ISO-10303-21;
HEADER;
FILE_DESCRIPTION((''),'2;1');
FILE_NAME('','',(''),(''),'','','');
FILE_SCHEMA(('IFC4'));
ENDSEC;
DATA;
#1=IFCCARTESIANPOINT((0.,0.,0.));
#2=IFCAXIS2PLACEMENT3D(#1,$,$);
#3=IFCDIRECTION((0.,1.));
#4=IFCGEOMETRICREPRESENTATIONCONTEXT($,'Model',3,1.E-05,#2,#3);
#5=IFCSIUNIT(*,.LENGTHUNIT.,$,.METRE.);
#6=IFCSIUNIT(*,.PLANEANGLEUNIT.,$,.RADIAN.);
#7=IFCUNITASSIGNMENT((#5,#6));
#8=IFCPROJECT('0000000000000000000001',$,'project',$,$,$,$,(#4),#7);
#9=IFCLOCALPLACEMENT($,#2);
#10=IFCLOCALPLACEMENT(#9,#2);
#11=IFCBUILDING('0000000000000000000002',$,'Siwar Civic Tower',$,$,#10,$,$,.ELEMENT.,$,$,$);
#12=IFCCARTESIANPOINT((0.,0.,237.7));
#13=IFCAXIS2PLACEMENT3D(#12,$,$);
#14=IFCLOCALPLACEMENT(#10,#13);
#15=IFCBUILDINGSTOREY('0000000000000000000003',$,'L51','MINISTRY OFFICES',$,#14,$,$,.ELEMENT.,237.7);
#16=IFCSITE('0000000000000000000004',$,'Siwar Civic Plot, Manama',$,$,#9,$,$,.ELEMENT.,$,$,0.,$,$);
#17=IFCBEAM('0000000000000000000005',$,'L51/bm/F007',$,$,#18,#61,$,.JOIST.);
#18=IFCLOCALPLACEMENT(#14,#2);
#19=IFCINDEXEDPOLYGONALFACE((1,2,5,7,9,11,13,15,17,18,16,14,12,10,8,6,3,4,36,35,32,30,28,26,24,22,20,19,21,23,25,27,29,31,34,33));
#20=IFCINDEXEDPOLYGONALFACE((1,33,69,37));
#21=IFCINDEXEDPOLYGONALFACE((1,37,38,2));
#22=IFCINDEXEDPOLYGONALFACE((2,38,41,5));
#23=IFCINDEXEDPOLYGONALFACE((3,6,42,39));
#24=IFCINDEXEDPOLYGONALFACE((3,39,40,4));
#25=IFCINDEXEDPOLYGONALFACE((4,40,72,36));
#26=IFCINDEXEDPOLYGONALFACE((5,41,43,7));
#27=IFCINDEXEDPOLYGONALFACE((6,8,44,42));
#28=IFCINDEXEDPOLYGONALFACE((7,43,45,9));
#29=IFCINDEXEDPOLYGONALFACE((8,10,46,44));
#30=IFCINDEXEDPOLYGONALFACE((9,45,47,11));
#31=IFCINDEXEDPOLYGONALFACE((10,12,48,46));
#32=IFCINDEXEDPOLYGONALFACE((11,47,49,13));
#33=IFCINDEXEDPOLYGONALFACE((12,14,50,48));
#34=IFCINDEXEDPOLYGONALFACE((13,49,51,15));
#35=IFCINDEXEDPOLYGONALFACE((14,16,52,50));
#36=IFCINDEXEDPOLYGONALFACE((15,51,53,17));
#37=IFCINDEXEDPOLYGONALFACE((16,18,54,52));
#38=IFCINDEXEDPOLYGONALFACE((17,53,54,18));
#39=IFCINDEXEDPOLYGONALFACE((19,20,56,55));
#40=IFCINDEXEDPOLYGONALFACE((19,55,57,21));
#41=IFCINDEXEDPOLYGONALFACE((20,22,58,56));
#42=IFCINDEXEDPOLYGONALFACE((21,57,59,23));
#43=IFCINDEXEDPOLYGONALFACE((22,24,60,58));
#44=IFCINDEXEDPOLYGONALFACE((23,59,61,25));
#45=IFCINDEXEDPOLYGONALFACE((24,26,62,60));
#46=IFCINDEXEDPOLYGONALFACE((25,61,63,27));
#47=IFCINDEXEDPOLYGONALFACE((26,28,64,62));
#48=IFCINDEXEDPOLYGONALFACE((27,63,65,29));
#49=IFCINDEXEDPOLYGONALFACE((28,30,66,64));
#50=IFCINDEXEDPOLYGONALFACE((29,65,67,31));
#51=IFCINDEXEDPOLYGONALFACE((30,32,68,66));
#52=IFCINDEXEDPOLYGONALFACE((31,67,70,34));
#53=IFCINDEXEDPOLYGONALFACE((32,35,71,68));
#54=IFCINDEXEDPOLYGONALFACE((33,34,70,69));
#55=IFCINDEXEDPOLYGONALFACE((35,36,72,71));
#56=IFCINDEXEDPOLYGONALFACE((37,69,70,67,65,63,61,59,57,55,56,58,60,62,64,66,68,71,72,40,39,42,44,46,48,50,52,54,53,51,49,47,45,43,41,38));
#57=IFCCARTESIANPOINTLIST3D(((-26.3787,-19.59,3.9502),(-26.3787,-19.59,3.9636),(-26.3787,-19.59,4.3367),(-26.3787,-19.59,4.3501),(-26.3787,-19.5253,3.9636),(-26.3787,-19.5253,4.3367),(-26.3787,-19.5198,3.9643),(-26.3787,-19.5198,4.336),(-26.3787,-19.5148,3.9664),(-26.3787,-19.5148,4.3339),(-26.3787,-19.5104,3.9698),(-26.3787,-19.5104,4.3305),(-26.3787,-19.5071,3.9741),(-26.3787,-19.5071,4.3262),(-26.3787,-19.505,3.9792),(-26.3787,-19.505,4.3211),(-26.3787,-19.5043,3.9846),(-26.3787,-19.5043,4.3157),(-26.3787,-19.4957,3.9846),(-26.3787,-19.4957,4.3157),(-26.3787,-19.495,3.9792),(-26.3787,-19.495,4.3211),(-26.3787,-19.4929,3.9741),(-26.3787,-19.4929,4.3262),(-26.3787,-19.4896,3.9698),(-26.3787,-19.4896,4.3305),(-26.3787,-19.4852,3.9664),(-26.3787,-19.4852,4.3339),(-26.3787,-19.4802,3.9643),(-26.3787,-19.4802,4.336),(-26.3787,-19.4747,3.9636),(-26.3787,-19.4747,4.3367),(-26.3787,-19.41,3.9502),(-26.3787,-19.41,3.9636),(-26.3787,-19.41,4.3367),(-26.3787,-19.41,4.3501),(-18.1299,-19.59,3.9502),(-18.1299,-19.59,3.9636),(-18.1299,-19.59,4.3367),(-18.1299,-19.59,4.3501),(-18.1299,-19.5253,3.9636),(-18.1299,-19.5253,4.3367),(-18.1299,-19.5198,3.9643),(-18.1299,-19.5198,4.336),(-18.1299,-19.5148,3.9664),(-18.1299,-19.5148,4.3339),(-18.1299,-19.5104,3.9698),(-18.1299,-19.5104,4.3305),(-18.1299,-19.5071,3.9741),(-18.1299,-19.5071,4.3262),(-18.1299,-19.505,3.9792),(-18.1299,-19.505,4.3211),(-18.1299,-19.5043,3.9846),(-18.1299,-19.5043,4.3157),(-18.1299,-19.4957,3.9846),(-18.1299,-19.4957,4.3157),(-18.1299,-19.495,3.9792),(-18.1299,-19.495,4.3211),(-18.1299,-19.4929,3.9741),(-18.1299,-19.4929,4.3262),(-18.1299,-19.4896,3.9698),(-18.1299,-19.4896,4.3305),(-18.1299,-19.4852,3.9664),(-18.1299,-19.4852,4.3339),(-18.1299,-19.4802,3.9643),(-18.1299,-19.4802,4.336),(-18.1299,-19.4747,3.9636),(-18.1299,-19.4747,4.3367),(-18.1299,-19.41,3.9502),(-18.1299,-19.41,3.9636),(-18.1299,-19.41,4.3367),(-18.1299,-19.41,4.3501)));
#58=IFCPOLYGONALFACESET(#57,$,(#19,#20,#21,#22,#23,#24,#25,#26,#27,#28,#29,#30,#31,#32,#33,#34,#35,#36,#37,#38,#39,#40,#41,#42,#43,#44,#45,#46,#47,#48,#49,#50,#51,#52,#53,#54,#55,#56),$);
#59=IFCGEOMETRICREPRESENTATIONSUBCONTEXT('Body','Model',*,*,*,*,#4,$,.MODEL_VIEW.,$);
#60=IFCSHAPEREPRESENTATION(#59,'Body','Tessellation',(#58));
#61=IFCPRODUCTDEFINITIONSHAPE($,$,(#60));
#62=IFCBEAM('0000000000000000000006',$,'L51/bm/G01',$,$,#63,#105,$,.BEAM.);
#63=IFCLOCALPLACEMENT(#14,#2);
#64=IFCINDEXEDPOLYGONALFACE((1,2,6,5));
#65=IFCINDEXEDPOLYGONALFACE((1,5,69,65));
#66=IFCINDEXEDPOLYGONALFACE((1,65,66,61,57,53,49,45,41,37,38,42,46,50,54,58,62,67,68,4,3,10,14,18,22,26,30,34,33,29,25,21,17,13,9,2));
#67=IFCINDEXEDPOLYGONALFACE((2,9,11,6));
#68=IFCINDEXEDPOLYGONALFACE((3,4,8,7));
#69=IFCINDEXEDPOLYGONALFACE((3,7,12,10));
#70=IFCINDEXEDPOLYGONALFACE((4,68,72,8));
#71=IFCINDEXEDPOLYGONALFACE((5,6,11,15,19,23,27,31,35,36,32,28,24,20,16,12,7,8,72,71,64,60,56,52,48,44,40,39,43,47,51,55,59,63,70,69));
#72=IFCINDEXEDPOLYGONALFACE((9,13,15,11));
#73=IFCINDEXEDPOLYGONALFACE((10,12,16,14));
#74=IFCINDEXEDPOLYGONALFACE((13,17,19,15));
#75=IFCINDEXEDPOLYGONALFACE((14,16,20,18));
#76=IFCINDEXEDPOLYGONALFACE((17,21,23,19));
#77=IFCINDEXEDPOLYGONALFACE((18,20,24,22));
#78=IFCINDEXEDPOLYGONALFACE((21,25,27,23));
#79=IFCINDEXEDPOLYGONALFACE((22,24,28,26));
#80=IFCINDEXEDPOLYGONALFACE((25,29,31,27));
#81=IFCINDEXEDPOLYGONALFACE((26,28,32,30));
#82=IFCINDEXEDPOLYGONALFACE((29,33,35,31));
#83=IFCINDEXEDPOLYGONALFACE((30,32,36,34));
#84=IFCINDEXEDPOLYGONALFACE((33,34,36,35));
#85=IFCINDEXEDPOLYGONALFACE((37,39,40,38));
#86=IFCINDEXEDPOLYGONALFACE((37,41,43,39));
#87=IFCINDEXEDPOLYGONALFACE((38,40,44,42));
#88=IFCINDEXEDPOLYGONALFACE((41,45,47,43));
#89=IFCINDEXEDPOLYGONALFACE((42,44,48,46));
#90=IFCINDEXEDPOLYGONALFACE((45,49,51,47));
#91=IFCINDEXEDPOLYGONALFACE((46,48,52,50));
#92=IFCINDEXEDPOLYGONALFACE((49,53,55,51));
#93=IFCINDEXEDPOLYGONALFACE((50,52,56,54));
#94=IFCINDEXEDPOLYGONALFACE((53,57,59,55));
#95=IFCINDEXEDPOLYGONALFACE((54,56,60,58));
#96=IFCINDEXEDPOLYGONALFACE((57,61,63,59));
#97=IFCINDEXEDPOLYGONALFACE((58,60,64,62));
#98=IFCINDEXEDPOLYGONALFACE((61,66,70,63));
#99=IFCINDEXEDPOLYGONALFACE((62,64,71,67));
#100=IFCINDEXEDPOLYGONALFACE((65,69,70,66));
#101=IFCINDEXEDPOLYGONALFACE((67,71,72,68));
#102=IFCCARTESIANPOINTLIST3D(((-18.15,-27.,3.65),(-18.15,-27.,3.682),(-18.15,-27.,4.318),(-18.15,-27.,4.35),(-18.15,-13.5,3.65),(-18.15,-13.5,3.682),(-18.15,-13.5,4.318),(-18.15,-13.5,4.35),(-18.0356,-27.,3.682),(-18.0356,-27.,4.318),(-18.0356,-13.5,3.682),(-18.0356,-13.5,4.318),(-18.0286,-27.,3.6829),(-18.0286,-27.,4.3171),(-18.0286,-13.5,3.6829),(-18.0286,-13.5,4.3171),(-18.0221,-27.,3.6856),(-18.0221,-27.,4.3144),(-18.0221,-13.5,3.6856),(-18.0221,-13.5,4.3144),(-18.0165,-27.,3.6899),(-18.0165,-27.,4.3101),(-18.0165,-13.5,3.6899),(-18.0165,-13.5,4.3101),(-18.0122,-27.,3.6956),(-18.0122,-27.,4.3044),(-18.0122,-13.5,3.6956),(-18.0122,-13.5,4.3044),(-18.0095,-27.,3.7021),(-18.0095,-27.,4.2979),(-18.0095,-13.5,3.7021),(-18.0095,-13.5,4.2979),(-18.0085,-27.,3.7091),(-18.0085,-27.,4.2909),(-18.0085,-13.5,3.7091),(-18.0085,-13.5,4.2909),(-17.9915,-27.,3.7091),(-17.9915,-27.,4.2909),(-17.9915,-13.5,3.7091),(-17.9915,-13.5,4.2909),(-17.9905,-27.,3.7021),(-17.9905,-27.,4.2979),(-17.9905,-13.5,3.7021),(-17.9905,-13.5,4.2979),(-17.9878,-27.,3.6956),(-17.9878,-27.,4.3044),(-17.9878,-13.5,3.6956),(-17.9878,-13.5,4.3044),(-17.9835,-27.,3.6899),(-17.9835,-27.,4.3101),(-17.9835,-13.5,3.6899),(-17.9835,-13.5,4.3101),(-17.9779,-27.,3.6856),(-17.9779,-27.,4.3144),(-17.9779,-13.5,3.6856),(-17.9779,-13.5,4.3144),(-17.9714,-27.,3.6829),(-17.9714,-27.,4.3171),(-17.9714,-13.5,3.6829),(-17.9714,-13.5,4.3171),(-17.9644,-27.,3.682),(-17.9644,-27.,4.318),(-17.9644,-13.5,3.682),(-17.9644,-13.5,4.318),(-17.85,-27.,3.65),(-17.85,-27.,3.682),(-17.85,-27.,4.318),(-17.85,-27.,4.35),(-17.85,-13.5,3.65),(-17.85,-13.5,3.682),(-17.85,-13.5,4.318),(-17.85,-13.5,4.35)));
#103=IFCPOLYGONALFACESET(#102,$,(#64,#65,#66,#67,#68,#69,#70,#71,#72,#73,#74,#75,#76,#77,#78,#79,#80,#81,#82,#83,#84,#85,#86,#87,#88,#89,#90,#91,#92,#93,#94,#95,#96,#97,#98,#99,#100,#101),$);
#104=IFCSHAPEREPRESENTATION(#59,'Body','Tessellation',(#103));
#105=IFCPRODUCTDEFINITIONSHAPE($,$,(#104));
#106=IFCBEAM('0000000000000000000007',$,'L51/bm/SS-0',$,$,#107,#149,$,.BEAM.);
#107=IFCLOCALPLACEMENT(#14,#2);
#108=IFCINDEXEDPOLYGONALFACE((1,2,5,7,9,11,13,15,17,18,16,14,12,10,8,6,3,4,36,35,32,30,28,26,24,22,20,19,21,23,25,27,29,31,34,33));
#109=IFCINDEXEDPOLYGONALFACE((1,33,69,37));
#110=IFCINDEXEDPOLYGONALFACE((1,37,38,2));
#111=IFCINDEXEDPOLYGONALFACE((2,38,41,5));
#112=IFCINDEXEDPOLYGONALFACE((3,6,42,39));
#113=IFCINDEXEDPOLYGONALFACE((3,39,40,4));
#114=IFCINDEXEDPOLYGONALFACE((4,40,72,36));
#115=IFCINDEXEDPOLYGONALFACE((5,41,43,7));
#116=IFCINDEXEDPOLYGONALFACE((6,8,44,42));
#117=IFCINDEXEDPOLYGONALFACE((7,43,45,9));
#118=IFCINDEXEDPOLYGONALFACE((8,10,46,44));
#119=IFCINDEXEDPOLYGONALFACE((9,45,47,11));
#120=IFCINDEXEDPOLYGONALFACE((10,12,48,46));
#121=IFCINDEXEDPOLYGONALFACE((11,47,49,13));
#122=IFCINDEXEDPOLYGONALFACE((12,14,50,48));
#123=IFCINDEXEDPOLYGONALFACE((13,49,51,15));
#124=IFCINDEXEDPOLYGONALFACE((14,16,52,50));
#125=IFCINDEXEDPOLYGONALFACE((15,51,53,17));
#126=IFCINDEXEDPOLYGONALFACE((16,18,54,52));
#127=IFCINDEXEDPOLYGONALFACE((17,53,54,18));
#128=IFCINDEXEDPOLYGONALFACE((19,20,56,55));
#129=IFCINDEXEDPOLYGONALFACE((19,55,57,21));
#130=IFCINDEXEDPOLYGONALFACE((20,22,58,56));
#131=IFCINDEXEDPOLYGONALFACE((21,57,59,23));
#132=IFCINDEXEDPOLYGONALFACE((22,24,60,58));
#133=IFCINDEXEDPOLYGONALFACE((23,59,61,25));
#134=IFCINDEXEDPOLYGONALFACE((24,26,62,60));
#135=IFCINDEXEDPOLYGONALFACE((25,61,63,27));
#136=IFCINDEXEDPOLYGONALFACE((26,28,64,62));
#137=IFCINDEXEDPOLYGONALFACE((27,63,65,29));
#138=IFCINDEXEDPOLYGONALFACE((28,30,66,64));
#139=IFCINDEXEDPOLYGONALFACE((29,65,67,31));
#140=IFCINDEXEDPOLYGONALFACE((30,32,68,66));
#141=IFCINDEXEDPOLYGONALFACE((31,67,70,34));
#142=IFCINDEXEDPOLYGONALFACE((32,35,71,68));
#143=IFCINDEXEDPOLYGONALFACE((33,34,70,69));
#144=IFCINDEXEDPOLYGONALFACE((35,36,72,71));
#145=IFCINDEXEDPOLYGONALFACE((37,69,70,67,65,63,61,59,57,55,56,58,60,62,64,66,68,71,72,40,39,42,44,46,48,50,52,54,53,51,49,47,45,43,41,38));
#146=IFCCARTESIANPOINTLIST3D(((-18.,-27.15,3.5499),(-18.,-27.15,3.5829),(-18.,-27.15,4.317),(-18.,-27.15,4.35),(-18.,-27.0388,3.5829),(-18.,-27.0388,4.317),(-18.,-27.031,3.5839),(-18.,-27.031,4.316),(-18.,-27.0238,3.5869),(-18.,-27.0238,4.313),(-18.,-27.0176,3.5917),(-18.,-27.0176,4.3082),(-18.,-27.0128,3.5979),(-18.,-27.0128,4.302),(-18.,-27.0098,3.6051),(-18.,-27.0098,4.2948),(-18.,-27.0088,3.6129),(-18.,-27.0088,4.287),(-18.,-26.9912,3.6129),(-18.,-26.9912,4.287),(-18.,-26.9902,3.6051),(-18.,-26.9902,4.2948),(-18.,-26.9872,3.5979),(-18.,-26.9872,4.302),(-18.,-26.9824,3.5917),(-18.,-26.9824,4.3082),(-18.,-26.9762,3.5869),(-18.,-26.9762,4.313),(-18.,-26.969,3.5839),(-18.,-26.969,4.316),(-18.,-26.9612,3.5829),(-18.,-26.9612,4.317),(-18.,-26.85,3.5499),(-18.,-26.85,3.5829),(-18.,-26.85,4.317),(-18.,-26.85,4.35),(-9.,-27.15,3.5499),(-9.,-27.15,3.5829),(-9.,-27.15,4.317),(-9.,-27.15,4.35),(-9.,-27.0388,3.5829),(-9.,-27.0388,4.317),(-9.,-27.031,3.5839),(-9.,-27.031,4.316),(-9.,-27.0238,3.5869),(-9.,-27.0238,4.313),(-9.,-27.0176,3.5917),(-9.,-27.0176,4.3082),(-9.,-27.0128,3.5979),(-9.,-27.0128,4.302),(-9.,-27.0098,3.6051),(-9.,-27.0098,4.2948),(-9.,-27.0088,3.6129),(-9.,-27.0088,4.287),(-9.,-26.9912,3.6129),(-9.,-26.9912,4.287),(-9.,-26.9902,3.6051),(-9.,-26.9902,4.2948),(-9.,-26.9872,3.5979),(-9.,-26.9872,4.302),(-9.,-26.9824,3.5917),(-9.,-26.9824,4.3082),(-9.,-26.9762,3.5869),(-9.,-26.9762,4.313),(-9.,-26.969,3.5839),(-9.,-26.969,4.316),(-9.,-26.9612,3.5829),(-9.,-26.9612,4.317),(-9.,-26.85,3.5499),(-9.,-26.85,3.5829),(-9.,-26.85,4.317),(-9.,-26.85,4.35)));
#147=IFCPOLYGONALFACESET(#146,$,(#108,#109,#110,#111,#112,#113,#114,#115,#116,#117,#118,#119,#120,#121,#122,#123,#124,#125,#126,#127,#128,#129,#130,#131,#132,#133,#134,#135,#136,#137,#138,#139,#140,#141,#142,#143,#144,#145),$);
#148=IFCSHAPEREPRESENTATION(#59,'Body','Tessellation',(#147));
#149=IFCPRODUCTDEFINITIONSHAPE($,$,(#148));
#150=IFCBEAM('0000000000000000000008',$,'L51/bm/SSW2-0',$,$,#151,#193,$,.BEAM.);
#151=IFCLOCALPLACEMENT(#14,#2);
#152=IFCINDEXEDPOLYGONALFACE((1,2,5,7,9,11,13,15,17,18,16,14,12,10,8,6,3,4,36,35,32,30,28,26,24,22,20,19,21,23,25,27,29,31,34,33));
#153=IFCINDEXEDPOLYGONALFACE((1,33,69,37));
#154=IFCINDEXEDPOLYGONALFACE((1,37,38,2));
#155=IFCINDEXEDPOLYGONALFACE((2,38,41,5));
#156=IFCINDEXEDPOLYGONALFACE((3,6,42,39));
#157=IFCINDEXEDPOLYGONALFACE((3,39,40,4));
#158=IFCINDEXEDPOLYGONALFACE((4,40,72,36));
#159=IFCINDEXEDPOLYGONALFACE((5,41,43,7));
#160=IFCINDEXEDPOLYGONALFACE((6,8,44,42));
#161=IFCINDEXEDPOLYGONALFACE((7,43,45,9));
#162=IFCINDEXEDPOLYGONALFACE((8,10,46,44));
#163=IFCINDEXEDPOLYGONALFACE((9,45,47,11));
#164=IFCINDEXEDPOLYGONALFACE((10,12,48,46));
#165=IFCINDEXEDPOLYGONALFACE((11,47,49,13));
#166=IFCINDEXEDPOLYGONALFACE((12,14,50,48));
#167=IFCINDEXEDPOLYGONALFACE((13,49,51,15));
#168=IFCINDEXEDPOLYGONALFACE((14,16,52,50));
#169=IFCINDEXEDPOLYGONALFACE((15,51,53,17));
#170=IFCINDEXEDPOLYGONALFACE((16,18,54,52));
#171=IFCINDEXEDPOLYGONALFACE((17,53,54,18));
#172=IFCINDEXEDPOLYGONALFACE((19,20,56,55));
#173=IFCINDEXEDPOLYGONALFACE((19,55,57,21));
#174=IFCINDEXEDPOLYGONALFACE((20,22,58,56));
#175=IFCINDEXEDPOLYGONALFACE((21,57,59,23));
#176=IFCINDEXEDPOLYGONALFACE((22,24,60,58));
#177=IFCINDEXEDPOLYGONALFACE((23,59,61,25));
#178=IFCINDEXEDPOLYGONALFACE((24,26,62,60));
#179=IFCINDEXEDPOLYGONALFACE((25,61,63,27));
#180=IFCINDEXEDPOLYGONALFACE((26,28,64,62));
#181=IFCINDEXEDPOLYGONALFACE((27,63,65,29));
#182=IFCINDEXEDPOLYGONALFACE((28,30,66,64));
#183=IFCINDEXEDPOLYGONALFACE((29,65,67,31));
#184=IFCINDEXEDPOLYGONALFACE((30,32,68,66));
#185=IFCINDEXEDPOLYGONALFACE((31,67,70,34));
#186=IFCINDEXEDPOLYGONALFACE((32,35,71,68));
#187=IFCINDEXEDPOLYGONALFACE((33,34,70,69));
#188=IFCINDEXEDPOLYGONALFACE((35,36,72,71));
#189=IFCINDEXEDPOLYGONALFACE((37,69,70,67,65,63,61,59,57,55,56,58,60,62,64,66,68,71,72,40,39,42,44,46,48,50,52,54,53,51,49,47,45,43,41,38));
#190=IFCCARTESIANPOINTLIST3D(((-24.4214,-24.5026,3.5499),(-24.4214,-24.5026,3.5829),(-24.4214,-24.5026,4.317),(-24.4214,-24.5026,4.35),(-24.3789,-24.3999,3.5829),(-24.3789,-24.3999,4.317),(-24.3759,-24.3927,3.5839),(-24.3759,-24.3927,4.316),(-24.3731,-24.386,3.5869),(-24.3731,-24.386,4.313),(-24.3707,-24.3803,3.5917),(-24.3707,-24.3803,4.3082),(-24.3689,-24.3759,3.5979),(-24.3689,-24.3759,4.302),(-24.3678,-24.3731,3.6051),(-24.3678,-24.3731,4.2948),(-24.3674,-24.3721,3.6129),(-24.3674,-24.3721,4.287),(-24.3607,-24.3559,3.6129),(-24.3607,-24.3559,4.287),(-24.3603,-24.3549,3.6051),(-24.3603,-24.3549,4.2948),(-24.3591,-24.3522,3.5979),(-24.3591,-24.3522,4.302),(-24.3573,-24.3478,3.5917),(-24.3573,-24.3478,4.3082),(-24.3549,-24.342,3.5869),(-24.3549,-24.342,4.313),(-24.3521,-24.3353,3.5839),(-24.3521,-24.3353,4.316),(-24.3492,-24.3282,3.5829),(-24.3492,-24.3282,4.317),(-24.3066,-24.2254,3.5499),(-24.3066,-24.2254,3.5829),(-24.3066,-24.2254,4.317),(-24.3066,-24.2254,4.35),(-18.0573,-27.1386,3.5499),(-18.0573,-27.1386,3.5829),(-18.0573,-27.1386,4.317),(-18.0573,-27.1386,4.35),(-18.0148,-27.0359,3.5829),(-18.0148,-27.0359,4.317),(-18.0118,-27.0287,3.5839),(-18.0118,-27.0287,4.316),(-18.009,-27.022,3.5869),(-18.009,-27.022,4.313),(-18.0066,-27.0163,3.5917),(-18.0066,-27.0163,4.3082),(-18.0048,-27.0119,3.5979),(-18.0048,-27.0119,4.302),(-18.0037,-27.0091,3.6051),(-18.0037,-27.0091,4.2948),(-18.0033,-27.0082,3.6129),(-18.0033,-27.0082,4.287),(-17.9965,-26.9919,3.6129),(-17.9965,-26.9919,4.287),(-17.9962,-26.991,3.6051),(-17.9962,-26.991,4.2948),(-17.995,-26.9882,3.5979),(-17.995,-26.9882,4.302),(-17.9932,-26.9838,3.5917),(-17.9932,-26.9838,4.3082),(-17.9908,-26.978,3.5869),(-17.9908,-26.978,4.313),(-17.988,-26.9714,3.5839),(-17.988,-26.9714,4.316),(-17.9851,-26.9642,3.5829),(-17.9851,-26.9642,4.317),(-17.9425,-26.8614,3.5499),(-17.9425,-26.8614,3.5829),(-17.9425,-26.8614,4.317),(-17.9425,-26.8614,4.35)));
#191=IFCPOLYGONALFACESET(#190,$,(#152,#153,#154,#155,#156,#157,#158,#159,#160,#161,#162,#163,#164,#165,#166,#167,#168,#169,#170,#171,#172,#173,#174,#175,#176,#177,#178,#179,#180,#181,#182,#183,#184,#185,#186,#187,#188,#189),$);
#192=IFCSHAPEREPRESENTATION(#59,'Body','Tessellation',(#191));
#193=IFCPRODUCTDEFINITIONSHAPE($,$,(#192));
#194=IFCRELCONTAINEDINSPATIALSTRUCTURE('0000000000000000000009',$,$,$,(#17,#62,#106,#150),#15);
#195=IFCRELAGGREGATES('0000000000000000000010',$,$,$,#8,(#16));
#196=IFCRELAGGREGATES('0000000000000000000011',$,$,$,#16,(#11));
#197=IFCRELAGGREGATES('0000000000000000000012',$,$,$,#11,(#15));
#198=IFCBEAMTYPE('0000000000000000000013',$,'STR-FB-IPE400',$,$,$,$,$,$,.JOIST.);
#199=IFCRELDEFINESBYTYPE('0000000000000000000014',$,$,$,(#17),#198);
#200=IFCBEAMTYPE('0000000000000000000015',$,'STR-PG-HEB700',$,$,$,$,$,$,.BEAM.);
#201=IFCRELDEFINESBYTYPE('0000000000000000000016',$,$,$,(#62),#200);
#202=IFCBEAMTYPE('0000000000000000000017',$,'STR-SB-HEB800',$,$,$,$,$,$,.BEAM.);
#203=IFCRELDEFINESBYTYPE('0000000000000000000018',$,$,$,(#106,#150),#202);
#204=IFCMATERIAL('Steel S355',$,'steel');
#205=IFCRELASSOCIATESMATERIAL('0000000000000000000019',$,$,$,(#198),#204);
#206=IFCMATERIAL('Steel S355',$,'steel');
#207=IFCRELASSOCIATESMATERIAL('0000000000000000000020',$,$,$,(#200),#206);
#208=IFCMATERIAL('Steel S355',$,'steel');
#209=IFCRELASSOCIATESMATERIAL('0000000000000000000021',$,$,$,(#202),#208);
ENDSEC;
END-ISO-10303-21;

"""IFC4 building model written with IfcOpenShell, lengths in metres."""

from ifc_helpers import new_model, si_unit, direction, frame, origin, origin_2d, place, context, subcontext, project, spatial, i_section, extrude, material, material_profile, profile_set, type_object, element, save


model = new_model("IFC4")

# Units and contexts
model_context = context("Model", 3, precision=1e-05, world=origin(), true_north=direction((0.0, 1.0)))
body_context = subcontext(model_context, "Body", "Model", "MODEL_VIEW")
ifc_project = project(units=[si_unit("LENGTHUNIT", "METRE"), si_unit("PLANEANGLEUNIT", "RADIAN")], contexts=[model_context])

# Site, building, storey
site_placement = place(None, origin())
site = spatial("IfcSite", under=ifc_project, at=site_placement, Name="Siwar Civic Plot, Manama", CompositionType="ELEMENT", RefElevation=0.0)
building_placement = place(site_placement, origin())
building = spatial("IfcBuilding", under=site, at=building_placement, Name="Siwar Civic Tower", CompositionType="ELEMENT")
storey_placement = place(building_placement, frame((0.0, 0.0, 237.7)))
storey = spatial("IfcBuildingStorey", under=building, at=storey_placement, Name="L51", Description="MINISTRY OFFICES", CompositionType="ELEMENT", Elevation=237.7)

# Beams
ifc_material_1 = material(Name="Steel S355", Category="steel")
ifc_material_profile_1 = material_profile(ifc_material_1, i_section(OverallWidth=0.1799, OverallDepth=0.3999, WebThickness=0.0085, FlangeThickness=0.0134, FilletRadius=0.021, at=origin_2d()), Name="IPE400")
ifc_profile_set_1 = profile_set([ifc_material_profile_1], Name="Steel S355")
beam_type_1 = type_object("IfcBeamType", Name="STR-FB-IPE400", PredefinedType="JOIST", material=ifc_profile_set_1)
beam_1_placement = place(storey_placement, frame((-26.3787, -19.5, 4.1501), z_axis=(1.0, 0.0, 0.0), x_axis=(0.0, 1.0, 0.0)))
element("IfcBeam", 1, at=beam_1_placement, inside=storey, type_object=beam_type_1, Name="L51/bm/F007", PredefinedType="JOIST", context=body_context, shape_type="SweptSolid", body=[
    extrude(i_section(OverallWidth=0.1799, OverallDepth=0.3999, WebThickness=0.0085, FlangeThickness=0.0134, FilletRadius=0.021, at=origin_2d()), origin(), (0.0, 0.0, 1.0), 8.2488),
])
ifc_material_2 = material(Name="Steel S355", Category="steel")
ifc_material_profile_2 = material_profile(ifc_material_2, i_section(OverallWidth=0.3, OverallDepth=0.7, WebThickness=0.0171, FlangeThickness=0.032, FilletRadius=0.0271, at=origin_2d()), Name="HEB700")
ifc_profile_set_2 = profile_set([ifc_material_profile_2], Name="Steel S355")
beam_type_2 = type_object("IfcBeamType", Name="STR-PG-HEB700", PredefinedType="BEAM", material=ifc_profile_set_2)
beam_2_placement = place(storey_placement, frame((-18.0, -27.0, 4.0), z_axis=(0.0, 1.0, 0.0), x_axis=(-1.0, 0.0, 0.0)))
element("IfcBeam", 2, at=beam_2_placement, inside=storey, type_object=beam_type_2, Name="L51/bm/G01", PredefinedType="BEAM", context=body_context, shape_type="SweptSolid", body=[
    extrude(i_section(OverallWidth=0.3, OverallDepth=0.7, WebThickness=0.0171, FlangeThickness=0.032, FilletRadius=0.0271, at=origin_2d()), origin(), (0.0, 0.0, 1.0), 13.5),
])
ifc_material_3 = material(Name="Steel S355", Category="steel")
ifc_material_profile_3 = material_profile(ifc_material_3, i_section(OverallWidth=0.3, OverallDepth=0.8, WebThickness=0.0176, FlangeThickness=0.033, FilletRadius=0.03, at=origin_2d()), Name="HEB800")
ifc_profile_set_3 = profile_set([ifc_material_profile_3], Name="Steel S355")
beam_type_3 = type_object("IfcBeamType", Name="STR-SB-HEB800", PredefinedType="BEAM", material=ifc_profile_set_3)
beam_3_placement = place(storey_placement, frame((-18.0, -27.0, 3.95), z_axis=(1.0, 0.0, 0.0), x_axis=(0.0, 1.0, 0.0)))
element("IfcBeam", 3, at=beam_3_placement, inside=storey, type_object=beam_type_3, Name="L51/bm/SS-0", PredefinedType="BEAM", context=body_context, shape_type="SweptSolid", body=[
    extrude(i_section(OverallWidth=0.3, OverallDepth=0.8, WebThickness=0.0176, FlangeThickness=0.033, FilletRadius=0.03, at=origin_2d()), origin(), (0.0, 0.0, 1.0), 9.0),
])
beam_4_placement = place(storey_placement, frame((-24.364, -24.364, 3.95), z_axis=(0.923883, -0.382674, 0.0), x_axis=(0.382674, 0.923883, 0.0)))
element("IfcBeam", 4, at=beam_4_placement, inside=storey, type_object=beam_type_3, Name="L51/bm/SSW2-0", PredefinedType="BEAM", context=body_context, shape_type="SweptSolid", body=[
    extrude(i_section(OverallWidth=0.3, OverallDepth=0.8, WebThickness=0.0176, FlangeThickness=0.033, FilletRadius=0.03, at=origin_2d()), origin(), (0.0, 0.0, 1.0), 6.8884),
])

save(model, "model.ifc")
